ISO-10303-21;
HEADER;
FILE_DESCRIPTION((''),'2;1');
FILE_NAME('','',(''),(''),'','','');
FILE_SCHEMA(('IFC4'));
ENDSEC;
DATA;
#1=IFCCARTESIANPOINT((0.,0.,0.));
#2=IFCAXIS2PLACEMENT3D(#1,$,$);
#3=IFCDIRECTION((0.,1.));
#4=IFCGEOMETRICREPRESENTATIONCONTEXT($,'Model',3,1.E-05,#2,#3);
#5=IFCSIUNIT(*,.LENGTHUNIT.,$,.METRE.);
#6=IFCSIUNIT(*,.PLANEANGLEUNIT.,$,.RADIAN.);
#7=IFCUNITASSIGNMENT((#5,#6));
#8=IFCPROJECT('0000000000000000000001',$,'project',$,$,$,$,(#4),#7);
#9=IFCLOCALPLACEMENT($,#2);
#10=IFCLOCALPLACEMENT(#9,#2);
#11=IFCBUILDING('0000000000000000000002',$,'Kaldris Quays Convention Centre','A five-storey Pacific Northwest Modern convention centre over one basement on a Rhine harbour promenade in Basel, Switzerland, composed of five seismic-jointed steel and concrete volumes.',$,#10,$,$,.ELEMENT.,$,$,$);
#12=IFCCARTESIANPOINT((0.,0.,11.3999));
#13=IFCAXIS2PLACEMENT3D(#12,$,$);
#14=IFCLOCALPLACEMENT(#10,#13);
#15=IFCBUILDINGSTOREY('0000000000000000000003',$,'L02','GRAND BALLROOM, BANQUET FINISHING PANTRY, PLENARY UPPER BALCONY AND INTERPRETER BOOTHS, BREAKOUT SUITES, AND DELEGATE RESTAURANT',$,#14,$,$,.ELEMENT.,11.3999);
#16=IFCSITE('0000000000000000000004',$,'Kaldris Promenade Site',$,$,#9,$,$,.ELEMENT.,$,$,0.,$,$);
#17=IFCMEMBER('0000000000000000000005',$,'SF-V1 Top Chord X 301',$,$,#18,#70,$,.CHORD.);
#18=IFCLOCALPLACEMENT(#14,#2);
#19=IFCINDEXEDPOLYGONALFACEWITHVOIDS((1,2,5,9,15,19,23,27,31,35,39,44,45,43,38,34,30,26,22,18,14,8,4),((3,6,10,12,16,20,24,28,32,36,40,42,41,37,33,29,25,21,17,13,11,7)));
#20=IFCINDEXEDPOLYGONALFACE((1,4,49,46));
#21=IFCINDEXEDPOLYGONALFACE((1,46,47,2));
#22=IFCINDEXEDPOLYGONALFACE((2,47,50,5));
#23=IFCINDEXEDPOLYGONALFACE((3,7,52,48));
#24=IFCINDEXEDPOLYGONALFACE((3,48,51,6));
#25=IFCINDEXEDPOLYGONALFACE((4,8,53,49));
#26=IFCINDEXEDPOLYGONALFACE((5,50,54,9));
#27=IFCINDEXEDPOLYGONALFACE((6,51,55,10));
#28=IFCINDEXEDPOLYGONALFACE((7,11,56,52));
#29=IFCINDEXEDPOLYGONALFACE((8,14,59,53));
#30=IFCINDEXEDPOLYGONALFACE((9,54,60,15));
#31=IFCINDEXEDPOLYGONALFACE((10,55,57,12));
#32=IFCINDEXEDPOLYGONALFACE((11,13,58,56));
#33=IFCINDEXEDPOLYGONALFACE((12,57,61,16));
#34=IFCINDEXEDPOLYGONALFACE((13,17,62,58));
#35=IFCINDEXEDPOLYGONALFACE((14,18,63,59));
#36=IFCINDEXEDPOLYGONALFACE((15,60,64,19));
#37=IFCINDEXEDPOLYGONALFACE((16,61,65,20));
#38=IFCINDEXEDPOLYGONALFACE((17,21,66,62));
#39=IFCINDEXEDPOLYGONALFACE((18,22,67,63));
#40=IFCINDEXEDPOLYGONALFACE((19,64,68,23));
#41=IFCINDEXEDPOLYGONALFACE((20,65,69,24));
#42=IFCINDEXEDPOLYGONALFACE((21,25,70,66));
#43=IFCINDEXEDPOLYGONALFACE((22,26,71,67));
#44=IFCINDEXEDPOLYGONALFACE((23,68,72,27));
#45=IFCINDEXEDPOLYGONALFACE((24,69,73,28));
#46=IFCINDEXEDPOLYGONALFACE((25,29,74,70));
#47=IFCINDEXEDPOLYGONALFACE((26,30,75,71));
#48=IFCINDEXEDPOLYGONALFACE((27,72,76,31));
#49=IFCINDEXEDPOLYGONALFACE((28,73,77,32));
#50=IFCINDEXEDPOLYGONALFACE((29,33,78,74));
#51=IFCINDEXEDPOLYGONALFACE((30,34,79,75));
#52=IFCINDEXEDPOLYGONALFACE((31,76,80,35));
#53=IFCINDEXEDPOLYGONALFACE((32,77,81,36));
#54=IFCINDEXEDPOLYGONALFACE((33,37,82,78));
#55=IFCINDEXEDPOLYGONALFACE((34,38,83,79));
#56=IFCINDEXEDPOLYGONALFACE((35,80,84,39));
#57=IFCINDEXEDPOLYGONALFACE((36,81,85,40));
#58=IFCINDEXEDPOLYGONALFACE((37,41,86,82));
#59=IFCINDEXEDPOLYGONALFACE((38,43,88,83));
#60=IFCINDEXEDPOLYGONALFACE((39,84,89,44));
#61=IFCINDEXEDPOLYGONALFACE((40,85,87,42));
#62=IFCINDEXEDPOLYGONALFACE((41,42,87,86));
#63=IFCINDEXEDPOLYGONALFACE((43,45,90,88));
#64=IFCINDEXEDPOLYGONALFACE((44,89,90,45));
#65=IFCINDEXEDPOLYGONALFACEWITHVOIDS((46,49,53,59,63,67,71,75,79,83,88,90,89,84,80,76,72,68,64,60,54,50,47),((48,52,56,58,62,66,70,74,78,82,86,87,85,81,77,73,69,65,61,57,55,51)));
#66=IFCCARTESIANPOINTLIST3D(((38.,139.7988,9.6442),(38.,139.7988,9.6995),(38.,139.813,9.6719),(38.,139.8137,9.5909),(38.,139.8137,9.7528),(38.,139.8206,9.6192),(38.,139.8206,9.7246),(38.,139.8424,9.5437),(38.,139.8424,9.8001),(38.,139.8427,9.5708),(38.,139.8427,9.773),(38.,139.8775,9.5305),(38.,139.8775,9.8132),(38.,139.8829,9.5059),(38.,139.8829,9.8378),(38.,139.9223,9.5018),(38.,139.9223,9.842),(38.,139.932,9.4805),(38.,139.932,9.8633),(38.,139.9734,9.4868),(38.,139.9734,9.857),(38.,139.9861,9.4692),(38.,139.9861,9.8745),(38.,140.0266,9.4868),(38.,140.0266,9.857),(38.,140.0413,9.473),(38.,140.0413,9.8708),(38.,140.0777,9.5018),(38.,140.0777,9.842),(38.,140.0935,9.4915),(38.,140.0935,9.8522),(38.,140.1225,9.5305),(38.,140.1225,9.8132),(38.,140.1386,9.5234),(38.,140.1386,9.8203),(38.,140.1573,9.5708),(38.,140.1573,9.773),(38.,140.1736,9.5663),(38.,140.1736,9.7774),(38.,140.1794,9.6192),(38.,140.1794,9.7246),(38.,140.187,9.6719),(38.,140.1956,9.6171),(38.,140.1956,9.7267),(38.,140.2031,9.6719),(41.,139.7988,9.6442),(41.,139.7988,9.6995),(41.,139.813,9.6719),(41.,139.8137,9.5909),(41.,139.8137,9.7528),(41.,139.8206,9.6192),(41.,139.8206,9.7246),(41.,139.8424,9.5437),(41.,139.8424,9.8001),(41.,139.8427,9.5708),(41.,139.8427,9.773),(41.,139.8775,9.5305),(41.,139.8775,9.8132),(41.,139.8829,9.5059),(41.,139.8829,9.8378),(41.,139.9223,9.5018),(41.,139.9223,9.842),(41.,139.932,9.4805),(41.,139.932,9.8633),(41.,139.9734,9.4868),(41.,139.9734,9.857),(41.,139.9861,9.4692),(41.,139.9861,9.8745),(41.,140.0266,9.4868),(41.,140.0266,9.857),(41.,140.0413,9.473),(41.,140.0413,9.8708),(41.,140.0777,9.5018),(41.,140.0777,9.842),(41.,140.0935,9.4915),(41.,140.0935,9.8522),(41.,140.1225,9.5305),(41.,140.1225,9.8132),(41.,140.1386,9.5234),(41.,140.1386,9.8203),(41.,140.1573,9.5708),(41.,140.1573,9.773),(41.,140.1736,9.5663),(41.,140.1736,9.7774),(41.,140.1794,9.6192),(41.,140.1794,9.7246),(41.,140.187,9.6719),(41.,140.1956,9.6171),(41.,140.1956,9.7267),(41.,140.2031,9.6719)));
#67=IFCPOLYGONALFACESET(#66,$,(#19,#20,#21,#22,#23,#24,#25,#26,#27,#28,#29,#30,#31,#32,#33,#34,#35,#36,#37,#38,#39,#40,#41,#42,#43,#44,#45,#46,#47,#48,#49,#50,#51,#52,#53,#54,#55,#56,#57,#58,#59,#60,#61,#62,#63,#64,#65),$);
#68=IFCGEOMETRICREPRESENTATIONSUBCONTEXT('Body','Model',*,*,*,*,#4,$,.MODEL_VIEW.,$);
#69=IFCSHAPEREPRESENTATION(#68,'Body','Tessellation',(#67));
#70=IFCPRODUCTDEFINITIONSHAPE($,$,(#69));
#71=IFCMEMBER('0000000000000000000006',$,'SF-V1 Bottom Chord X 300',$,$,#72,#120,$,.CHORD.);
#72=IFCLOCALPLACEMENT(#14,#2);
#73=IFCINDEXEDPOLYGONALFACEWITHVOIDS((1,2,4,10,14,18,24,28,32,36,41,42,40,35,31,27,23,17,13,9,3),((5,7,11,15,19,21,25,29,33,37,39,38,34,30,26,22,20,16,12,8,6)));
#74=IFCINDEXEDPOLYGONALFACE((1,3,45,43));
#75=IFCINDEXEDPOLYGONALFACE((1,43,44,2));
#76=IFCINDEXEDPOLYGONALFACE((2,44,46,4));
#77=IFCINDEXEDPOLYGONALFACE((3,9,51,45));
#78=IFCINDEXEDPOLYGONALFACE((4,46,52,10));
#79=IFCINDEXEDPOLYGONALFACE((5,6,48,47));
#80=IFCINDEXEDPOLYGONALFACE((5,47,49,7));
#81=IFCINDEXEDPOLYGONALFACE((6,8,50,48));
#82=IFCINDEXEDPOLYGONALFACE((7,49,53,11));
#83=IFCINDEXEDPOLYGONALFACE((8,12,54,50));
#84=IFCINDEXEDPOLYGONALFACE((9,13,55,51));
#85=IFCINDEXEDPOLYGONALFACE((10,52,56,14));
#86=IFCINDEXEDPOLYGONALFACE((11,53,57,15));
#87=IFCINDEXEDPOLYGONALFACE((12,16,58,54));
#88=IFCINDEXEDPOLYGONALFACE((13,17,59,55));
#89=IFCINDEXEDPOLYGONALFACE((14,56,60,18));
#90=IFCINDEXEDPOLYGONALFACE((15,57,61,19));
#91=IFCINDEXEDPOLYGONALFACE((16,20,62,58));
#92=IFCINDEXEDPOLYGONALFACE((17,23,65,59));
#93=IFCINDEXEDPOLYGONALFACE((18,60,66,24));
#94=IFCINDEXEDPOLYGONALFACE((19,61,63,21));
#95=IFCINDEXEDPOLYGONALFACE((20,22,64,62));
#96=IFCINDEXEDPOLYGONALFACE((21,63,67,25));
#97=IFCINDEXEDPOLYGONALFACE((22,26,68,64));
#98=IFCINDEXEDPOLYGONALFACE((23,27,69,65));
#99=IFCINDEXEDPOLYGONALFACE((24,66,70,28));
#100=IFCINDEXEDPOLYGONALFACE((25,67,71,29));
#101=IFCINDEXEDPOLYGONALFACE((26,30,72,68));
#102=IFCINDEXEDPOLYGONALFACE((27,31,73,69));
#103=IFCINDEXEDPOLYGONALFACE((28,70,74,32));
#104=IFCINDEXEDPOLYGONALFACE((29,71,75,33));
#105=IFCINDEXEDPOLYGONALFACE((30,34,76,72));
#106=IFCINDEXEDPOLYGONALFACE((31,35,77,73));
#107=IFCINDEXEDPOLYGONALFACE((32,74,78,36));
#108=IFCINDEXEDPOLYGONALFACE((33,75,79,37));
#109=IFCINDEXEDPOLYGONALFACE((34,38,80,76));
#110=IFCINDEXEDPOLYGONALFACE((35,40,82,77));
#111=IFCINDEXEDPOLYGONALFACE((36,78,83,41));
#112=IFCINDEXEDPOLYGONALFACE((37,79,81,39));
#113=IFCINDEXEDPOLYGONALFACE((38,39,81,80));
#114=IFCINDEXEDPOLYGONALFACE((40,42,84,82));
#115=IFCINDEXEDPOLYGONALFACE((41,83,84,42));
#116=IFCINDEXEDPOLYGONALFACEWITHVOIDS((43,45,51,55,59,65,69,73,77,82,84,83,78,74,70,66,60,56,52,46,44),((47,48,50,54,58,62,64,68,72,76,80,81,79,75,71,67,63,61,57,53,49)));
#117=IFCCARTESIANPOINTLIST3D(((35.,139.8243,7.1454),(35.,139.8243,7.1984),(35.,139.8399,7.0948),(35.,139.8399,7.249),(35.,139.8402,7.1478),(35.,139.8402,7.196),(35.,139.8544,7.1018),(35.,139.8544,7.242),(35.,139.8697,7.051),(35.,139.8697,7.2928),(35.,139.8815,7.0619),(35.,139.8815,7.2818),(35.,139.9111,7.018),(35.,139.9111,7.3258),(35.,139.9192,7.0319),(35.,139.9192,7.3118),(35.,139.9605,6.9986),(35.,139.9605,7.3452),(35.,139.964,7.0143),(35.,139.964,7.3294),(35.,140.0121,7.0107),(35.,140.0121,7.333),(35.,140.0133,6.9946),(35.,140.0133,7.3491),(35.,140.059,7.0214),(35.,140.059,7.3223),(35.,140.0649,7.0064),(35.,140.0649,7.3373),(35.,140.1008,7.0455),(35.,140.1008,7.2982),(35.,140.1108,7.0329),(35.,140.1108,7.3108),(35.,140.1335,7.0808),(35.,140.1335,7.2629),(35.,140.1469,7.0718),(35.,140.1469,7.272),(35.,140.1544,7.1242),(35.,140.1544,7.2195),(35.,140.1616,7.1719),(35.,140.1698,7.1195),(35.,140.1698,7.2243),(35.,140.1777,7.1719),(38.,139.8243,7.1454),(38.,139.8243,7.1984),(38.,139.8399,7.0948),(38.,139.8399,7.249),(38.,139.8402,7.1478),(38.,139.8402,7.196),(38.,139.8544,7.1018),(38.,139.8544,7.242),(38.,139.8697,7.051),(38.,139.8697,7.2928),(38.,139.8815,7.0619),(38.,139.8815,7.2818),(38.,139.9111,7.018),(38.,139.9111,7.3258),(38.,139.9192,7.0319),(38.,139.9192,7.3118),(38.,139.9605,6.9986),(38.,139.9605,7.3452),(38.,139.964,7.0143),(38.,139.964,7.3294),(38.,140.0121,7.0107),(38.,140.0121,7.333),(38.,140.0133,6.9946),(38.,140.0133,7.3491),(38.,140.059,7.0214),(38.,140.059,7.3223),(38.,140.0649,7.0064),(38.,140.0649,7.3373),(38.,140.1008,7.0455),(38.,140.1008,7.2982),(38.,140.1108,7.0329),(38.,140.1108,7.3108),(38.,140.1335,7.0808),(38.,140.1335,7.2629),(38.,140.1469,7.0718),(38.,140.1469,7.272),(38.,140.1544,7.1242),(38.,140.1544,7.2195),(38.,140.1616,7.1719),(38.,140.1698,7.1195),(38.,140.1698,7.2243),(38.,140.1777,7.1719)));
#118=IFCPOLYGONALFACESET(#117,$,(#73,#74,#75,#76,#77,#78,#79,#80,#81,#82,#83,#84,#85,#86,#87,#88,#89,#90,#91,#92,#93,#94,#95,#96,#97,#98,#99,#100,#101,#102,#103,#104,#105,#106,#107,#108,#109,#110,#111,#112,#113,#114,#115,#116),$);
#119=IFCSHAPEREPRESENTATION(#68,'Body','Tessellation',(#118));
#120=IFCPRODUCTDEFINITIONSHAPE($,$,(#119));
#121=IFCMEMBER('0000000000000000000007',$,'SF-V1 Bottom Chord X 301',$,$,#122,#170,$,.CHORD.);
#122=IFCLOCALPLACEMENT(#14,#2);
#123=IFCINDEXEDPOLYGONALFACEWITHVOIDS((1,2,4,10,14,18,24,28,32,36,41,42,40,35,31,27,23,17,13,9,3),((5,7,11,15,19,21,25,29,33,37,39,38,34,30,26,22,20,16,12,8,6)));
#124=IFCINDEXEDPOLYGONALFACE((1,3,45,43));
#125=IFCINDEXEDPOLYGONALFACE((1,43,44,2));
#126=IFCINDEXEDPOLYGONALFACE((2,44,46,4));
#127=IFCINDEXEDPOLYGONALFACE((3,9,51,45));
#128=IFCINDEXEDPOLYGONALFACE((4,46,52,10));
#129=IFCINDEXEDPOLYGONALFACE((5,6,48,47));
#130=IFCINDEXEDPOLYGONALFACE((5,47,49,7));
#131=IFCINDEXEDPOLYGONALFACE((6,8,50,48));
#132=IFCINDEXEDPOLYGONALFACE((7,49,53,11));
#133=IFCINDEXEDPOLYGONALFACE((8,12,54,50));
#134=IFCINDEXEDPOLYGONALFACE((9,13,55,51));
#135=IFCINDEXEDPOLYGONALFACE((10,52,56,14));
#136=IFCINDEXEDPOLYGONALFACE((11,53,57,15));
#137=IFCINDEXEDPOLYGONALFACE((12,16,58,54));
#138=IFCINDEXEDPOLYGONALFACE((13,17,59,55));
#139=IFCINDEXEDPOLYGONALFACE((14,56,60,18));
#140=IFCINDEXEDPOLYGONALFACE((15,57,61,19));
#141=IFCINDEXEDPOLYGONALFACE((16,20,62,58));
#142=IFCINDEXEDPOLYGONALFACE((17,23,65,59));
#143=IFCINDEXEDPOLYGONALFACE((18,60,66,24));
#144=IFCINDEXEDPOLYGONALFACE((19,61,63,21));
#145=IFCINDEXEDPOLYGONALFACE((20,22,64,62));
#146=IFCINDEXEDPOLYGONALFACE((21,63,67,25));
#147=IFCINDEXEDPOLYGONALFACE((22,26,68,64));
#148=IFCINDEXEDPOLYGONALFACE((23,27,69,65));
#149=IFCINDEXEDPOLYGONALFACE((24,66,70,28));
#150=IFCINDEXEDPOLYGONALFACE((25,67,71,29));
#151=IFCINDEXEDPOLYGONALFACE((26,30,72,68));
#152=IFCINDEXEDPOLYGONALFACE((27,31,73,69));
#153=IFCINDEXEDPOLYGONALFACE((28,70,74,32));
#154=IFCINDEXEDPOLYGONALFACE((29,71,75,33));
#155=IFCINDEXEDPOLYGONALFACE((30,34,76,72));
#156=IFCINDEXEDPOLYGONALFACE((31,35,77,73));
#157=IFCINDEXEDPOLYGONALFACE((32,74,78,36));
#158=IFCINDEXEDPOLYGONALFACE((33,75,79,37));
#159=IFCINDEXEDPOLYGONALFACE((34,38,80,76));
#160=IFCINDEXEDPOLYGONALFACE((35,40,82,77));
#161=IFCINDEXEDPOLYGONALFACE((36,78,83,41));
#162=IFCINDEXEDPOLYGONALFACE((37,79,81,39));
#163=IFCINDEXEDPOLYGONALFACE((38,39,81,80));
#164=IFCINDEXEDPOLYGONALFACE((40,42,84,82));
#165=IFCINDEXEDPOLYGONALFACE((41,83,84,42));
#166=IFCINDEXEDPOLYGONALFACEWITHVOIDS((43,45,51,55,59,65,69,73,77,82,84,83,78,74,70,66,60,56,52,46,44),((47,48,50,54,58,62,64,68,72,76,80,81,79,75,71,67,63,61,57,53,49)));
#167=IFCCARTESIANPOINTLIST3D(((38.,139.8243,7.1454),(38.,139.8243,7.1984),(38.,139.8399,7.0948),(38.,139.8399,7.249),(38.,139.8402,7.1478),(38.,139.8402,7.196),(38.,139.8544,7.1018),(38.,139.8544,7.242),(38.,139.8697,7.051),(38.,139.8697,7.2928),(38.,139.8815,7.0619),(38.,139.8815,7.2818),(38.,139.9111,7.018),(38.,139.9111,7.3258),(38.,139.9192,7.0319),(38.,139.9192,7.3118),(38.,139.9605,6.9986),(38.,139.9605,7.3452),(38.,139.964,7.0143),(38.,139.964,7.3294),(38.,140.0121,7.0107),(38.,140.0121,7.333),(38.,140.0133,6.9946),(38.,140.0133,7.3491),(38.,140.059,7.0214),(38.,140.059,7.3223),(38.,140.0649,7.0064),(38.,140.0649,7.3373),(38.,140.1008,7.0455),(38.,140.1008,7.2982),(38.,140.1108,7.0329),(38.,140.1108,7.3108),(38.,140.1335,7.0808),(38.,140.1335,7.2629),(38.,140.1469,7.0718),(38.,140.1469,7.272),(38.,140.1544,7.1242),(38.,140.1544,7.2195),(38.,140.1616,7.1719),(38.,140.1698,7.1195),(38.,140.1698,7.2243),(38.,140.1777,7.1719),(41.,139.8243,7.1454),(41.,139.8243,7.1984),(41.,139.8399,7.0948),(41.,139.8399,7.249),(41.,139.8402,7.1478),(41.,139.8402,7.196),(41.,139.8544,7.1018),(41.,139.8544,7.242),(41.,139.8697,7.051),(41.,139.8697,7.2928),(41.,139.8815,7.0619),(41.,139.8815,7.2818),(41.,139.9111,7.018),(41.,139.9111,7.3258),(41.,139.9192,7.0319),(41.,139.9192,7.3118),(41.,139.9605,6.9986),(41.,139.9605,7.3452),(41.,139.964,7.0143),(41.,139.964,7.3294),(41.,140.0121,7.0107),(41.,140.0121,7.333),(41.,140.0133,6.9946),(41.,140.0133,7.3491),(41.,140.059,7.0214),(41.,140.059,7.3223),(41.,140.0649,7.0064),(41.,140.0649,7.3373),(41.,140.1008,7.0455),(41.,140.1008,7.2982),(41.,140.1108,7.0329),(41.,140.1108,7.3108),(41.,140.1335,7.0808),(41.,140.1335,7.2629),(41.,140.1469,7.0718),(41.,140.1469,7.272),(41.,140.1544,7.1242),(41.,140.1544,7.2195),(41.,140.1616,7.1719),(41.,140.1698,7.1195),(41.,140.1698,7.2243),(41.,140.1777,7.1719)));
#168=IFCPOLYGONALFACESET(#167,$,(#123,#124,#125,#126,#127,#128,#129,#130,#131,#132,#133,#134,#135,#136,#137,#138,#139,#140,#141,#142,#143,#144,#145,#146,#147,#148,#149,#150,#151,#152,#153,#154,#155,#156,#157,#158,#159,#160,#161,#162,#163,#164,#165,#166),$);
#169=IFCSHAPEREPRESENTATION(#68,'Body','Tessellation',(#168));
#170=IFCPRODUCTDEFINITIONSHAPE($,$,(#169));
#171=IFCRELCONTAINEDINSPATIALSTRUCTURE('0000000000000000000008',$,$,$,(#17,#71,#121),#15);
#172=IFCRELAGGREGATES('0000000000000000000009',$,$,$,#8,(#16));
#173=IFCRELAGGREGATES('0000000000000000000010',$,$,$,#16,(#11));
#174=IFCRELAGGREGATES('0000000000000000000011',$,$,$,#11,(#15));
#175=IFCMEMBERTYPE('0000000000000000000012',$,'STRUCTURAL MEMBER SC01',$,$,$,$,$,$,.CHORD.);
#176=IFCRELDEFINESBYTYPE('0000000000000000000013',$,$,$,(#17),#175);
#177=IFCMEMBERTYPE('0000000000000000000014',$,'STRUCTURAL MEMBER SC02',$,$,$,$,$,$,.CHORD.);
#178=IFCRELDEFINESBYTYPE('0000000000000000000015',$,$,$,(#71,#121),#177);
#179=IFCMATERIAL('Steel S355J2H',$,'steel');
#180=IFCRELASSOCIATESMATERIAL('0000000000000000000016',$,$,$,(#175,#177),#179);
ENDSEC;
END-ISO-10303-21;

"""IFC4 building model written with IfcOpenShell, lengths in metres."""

from ifc_helpers import new_model, si_unit, direction, frame, origin, origin_2d, place, context, subcontext, project, spatial, hollow_circle, extrude, material, material_profile, profile_set, type_object, element, save


model = new_model("IFC4")

# Units and contexts
model_context = context("Model", 3, precision=1e-05, world=origin(), true_north=direction((0.0, 1.0)))
body_context = subcontext(model_context, "Body", "Model", "MODEL_VIEW")
ifc_project = project(units=[si_unit("LENGTHUNIT", "METRE"), si_unit("PLANEANGLEUNIT", "RADIAN")], contexts=[model_context])

# Site, building, storey
site_placement = place(None, origin())
site = spatial("IfcSite", under=ifc_project, at=site_placement, Name="Kaldris Promenade Site", CompositionType="ELEMENT", RefElevation=0.0)
building_placement = place(site_placement, origin())
building = spatial("IfcBuilding", under=site, at=building_placement, Name="Kaldris Quays Convention Centre", Description="A five-storey Pacific Northwest Modern convention centre over one basement on a Rhine harbour promenade in Basel, Switzerland, composed of five seismic-jointed steel and concrete volumes.", CompositionType="ELEMENT")
storey_placement = place(building_placement, frame((0.0, 0.0, 11.3999)))
storey = spatial("IfcBuildingStorey", under=building, at=storey_placement, Name="L02", Description="GRAND BALLROOM, BANQUET FINISHING PANTRY, PLENARY UPPER BALCONY AND INTERPRETER BOOTHS, BREAKOUT SUITES, AND DELEGATE RESTAURANT", CompositionType="ELEMENT", Elevation=11.3999)

# Members
ifc_material_1 = material(Name="Steel S355J2H", Category="steel")
ifc_material_profile_1 = material_profile(ifc_material_1, hollow_circle(Radius=0.2031, WallThickness=0.0161, at=origin_2d()), Name="CHS 406.4x16")
ifc_profile_set_1 = profile_set([ifc_material_profile_1], Name="Steel S355J2H")
member_type_1 = type_object("IfcMemberType", Name="STRUCTURAL MEMBER SC01", PredefinedType="CHORD", material=ifc_profile_set_1)
for number, where, z_axis, x_axis, name in (
    (1, (38.0, 140.0, 9.6719), (1.0, 0.0, 0.0), (0.0, 1.0, 0.0), "SF-V1 Top Chord X 301"),
):
    element("IfcMember", number, at=place(storey_placement, frame(where, z_axis=z_axis, x_axis=x_axis)), inside=storey, type_object=member_type_1, Name=name, PredefinedType="CHORD", context=body_context, shape_type="SweptSolid", body=[
        extrude(hollow_circle(Radius=0.2031, WallThickness=0.0161, at=origin_2d()), origin(), (0.0, 0.0, 1.0), 3.0),
    ])
ifc_material_profile_2 = material_profile(ifc_material_1, hollow_circle(Radius=0.1777, WallThickness=0.0161, at=origin_2d()), Name="CHS 355.6x16")
ifc_profile_set_2 = profile_set([ifc_material_profile_2], Name="Steel S355J2H")
member_type_2 = type_object("IfcMemberType", Name="STRUCTURAL MEMBER SC02", PredefinedType="CHORD", material=ifc_profile_set_2)
for number, where, z_axis, x_axis, name in (
    (2, (35.0, 140.0, 7.1719), (1.0, 0.0, 0.0), (0.0, 1.0, 0.0), "SF-V1 Bottom Chord X 300"),
    (3, (38.0, 140.0, 7.1719), (1.0, 0.0, 0.0), (0.0, 1.0, 0.0), "SF-V1 Bottom Chord X 301"),
):
    element("IfcMember", number, at=place(storey_placement, frame(where, z_axis=z_axis, x_axis=x_axis)), inside=storey, type_object=member_type_2, Name=name, PredefinedType="CHORD", context=body_context, shape_type="SweptSolid", body=[
        extrude(hollow_circle(Radius=0.1777, WallThickness=0.0161, at=origin_2d()), origin(), (0.0, 0.0, 1.0), 3.0),
    ])

save(model, "model.ifc")
